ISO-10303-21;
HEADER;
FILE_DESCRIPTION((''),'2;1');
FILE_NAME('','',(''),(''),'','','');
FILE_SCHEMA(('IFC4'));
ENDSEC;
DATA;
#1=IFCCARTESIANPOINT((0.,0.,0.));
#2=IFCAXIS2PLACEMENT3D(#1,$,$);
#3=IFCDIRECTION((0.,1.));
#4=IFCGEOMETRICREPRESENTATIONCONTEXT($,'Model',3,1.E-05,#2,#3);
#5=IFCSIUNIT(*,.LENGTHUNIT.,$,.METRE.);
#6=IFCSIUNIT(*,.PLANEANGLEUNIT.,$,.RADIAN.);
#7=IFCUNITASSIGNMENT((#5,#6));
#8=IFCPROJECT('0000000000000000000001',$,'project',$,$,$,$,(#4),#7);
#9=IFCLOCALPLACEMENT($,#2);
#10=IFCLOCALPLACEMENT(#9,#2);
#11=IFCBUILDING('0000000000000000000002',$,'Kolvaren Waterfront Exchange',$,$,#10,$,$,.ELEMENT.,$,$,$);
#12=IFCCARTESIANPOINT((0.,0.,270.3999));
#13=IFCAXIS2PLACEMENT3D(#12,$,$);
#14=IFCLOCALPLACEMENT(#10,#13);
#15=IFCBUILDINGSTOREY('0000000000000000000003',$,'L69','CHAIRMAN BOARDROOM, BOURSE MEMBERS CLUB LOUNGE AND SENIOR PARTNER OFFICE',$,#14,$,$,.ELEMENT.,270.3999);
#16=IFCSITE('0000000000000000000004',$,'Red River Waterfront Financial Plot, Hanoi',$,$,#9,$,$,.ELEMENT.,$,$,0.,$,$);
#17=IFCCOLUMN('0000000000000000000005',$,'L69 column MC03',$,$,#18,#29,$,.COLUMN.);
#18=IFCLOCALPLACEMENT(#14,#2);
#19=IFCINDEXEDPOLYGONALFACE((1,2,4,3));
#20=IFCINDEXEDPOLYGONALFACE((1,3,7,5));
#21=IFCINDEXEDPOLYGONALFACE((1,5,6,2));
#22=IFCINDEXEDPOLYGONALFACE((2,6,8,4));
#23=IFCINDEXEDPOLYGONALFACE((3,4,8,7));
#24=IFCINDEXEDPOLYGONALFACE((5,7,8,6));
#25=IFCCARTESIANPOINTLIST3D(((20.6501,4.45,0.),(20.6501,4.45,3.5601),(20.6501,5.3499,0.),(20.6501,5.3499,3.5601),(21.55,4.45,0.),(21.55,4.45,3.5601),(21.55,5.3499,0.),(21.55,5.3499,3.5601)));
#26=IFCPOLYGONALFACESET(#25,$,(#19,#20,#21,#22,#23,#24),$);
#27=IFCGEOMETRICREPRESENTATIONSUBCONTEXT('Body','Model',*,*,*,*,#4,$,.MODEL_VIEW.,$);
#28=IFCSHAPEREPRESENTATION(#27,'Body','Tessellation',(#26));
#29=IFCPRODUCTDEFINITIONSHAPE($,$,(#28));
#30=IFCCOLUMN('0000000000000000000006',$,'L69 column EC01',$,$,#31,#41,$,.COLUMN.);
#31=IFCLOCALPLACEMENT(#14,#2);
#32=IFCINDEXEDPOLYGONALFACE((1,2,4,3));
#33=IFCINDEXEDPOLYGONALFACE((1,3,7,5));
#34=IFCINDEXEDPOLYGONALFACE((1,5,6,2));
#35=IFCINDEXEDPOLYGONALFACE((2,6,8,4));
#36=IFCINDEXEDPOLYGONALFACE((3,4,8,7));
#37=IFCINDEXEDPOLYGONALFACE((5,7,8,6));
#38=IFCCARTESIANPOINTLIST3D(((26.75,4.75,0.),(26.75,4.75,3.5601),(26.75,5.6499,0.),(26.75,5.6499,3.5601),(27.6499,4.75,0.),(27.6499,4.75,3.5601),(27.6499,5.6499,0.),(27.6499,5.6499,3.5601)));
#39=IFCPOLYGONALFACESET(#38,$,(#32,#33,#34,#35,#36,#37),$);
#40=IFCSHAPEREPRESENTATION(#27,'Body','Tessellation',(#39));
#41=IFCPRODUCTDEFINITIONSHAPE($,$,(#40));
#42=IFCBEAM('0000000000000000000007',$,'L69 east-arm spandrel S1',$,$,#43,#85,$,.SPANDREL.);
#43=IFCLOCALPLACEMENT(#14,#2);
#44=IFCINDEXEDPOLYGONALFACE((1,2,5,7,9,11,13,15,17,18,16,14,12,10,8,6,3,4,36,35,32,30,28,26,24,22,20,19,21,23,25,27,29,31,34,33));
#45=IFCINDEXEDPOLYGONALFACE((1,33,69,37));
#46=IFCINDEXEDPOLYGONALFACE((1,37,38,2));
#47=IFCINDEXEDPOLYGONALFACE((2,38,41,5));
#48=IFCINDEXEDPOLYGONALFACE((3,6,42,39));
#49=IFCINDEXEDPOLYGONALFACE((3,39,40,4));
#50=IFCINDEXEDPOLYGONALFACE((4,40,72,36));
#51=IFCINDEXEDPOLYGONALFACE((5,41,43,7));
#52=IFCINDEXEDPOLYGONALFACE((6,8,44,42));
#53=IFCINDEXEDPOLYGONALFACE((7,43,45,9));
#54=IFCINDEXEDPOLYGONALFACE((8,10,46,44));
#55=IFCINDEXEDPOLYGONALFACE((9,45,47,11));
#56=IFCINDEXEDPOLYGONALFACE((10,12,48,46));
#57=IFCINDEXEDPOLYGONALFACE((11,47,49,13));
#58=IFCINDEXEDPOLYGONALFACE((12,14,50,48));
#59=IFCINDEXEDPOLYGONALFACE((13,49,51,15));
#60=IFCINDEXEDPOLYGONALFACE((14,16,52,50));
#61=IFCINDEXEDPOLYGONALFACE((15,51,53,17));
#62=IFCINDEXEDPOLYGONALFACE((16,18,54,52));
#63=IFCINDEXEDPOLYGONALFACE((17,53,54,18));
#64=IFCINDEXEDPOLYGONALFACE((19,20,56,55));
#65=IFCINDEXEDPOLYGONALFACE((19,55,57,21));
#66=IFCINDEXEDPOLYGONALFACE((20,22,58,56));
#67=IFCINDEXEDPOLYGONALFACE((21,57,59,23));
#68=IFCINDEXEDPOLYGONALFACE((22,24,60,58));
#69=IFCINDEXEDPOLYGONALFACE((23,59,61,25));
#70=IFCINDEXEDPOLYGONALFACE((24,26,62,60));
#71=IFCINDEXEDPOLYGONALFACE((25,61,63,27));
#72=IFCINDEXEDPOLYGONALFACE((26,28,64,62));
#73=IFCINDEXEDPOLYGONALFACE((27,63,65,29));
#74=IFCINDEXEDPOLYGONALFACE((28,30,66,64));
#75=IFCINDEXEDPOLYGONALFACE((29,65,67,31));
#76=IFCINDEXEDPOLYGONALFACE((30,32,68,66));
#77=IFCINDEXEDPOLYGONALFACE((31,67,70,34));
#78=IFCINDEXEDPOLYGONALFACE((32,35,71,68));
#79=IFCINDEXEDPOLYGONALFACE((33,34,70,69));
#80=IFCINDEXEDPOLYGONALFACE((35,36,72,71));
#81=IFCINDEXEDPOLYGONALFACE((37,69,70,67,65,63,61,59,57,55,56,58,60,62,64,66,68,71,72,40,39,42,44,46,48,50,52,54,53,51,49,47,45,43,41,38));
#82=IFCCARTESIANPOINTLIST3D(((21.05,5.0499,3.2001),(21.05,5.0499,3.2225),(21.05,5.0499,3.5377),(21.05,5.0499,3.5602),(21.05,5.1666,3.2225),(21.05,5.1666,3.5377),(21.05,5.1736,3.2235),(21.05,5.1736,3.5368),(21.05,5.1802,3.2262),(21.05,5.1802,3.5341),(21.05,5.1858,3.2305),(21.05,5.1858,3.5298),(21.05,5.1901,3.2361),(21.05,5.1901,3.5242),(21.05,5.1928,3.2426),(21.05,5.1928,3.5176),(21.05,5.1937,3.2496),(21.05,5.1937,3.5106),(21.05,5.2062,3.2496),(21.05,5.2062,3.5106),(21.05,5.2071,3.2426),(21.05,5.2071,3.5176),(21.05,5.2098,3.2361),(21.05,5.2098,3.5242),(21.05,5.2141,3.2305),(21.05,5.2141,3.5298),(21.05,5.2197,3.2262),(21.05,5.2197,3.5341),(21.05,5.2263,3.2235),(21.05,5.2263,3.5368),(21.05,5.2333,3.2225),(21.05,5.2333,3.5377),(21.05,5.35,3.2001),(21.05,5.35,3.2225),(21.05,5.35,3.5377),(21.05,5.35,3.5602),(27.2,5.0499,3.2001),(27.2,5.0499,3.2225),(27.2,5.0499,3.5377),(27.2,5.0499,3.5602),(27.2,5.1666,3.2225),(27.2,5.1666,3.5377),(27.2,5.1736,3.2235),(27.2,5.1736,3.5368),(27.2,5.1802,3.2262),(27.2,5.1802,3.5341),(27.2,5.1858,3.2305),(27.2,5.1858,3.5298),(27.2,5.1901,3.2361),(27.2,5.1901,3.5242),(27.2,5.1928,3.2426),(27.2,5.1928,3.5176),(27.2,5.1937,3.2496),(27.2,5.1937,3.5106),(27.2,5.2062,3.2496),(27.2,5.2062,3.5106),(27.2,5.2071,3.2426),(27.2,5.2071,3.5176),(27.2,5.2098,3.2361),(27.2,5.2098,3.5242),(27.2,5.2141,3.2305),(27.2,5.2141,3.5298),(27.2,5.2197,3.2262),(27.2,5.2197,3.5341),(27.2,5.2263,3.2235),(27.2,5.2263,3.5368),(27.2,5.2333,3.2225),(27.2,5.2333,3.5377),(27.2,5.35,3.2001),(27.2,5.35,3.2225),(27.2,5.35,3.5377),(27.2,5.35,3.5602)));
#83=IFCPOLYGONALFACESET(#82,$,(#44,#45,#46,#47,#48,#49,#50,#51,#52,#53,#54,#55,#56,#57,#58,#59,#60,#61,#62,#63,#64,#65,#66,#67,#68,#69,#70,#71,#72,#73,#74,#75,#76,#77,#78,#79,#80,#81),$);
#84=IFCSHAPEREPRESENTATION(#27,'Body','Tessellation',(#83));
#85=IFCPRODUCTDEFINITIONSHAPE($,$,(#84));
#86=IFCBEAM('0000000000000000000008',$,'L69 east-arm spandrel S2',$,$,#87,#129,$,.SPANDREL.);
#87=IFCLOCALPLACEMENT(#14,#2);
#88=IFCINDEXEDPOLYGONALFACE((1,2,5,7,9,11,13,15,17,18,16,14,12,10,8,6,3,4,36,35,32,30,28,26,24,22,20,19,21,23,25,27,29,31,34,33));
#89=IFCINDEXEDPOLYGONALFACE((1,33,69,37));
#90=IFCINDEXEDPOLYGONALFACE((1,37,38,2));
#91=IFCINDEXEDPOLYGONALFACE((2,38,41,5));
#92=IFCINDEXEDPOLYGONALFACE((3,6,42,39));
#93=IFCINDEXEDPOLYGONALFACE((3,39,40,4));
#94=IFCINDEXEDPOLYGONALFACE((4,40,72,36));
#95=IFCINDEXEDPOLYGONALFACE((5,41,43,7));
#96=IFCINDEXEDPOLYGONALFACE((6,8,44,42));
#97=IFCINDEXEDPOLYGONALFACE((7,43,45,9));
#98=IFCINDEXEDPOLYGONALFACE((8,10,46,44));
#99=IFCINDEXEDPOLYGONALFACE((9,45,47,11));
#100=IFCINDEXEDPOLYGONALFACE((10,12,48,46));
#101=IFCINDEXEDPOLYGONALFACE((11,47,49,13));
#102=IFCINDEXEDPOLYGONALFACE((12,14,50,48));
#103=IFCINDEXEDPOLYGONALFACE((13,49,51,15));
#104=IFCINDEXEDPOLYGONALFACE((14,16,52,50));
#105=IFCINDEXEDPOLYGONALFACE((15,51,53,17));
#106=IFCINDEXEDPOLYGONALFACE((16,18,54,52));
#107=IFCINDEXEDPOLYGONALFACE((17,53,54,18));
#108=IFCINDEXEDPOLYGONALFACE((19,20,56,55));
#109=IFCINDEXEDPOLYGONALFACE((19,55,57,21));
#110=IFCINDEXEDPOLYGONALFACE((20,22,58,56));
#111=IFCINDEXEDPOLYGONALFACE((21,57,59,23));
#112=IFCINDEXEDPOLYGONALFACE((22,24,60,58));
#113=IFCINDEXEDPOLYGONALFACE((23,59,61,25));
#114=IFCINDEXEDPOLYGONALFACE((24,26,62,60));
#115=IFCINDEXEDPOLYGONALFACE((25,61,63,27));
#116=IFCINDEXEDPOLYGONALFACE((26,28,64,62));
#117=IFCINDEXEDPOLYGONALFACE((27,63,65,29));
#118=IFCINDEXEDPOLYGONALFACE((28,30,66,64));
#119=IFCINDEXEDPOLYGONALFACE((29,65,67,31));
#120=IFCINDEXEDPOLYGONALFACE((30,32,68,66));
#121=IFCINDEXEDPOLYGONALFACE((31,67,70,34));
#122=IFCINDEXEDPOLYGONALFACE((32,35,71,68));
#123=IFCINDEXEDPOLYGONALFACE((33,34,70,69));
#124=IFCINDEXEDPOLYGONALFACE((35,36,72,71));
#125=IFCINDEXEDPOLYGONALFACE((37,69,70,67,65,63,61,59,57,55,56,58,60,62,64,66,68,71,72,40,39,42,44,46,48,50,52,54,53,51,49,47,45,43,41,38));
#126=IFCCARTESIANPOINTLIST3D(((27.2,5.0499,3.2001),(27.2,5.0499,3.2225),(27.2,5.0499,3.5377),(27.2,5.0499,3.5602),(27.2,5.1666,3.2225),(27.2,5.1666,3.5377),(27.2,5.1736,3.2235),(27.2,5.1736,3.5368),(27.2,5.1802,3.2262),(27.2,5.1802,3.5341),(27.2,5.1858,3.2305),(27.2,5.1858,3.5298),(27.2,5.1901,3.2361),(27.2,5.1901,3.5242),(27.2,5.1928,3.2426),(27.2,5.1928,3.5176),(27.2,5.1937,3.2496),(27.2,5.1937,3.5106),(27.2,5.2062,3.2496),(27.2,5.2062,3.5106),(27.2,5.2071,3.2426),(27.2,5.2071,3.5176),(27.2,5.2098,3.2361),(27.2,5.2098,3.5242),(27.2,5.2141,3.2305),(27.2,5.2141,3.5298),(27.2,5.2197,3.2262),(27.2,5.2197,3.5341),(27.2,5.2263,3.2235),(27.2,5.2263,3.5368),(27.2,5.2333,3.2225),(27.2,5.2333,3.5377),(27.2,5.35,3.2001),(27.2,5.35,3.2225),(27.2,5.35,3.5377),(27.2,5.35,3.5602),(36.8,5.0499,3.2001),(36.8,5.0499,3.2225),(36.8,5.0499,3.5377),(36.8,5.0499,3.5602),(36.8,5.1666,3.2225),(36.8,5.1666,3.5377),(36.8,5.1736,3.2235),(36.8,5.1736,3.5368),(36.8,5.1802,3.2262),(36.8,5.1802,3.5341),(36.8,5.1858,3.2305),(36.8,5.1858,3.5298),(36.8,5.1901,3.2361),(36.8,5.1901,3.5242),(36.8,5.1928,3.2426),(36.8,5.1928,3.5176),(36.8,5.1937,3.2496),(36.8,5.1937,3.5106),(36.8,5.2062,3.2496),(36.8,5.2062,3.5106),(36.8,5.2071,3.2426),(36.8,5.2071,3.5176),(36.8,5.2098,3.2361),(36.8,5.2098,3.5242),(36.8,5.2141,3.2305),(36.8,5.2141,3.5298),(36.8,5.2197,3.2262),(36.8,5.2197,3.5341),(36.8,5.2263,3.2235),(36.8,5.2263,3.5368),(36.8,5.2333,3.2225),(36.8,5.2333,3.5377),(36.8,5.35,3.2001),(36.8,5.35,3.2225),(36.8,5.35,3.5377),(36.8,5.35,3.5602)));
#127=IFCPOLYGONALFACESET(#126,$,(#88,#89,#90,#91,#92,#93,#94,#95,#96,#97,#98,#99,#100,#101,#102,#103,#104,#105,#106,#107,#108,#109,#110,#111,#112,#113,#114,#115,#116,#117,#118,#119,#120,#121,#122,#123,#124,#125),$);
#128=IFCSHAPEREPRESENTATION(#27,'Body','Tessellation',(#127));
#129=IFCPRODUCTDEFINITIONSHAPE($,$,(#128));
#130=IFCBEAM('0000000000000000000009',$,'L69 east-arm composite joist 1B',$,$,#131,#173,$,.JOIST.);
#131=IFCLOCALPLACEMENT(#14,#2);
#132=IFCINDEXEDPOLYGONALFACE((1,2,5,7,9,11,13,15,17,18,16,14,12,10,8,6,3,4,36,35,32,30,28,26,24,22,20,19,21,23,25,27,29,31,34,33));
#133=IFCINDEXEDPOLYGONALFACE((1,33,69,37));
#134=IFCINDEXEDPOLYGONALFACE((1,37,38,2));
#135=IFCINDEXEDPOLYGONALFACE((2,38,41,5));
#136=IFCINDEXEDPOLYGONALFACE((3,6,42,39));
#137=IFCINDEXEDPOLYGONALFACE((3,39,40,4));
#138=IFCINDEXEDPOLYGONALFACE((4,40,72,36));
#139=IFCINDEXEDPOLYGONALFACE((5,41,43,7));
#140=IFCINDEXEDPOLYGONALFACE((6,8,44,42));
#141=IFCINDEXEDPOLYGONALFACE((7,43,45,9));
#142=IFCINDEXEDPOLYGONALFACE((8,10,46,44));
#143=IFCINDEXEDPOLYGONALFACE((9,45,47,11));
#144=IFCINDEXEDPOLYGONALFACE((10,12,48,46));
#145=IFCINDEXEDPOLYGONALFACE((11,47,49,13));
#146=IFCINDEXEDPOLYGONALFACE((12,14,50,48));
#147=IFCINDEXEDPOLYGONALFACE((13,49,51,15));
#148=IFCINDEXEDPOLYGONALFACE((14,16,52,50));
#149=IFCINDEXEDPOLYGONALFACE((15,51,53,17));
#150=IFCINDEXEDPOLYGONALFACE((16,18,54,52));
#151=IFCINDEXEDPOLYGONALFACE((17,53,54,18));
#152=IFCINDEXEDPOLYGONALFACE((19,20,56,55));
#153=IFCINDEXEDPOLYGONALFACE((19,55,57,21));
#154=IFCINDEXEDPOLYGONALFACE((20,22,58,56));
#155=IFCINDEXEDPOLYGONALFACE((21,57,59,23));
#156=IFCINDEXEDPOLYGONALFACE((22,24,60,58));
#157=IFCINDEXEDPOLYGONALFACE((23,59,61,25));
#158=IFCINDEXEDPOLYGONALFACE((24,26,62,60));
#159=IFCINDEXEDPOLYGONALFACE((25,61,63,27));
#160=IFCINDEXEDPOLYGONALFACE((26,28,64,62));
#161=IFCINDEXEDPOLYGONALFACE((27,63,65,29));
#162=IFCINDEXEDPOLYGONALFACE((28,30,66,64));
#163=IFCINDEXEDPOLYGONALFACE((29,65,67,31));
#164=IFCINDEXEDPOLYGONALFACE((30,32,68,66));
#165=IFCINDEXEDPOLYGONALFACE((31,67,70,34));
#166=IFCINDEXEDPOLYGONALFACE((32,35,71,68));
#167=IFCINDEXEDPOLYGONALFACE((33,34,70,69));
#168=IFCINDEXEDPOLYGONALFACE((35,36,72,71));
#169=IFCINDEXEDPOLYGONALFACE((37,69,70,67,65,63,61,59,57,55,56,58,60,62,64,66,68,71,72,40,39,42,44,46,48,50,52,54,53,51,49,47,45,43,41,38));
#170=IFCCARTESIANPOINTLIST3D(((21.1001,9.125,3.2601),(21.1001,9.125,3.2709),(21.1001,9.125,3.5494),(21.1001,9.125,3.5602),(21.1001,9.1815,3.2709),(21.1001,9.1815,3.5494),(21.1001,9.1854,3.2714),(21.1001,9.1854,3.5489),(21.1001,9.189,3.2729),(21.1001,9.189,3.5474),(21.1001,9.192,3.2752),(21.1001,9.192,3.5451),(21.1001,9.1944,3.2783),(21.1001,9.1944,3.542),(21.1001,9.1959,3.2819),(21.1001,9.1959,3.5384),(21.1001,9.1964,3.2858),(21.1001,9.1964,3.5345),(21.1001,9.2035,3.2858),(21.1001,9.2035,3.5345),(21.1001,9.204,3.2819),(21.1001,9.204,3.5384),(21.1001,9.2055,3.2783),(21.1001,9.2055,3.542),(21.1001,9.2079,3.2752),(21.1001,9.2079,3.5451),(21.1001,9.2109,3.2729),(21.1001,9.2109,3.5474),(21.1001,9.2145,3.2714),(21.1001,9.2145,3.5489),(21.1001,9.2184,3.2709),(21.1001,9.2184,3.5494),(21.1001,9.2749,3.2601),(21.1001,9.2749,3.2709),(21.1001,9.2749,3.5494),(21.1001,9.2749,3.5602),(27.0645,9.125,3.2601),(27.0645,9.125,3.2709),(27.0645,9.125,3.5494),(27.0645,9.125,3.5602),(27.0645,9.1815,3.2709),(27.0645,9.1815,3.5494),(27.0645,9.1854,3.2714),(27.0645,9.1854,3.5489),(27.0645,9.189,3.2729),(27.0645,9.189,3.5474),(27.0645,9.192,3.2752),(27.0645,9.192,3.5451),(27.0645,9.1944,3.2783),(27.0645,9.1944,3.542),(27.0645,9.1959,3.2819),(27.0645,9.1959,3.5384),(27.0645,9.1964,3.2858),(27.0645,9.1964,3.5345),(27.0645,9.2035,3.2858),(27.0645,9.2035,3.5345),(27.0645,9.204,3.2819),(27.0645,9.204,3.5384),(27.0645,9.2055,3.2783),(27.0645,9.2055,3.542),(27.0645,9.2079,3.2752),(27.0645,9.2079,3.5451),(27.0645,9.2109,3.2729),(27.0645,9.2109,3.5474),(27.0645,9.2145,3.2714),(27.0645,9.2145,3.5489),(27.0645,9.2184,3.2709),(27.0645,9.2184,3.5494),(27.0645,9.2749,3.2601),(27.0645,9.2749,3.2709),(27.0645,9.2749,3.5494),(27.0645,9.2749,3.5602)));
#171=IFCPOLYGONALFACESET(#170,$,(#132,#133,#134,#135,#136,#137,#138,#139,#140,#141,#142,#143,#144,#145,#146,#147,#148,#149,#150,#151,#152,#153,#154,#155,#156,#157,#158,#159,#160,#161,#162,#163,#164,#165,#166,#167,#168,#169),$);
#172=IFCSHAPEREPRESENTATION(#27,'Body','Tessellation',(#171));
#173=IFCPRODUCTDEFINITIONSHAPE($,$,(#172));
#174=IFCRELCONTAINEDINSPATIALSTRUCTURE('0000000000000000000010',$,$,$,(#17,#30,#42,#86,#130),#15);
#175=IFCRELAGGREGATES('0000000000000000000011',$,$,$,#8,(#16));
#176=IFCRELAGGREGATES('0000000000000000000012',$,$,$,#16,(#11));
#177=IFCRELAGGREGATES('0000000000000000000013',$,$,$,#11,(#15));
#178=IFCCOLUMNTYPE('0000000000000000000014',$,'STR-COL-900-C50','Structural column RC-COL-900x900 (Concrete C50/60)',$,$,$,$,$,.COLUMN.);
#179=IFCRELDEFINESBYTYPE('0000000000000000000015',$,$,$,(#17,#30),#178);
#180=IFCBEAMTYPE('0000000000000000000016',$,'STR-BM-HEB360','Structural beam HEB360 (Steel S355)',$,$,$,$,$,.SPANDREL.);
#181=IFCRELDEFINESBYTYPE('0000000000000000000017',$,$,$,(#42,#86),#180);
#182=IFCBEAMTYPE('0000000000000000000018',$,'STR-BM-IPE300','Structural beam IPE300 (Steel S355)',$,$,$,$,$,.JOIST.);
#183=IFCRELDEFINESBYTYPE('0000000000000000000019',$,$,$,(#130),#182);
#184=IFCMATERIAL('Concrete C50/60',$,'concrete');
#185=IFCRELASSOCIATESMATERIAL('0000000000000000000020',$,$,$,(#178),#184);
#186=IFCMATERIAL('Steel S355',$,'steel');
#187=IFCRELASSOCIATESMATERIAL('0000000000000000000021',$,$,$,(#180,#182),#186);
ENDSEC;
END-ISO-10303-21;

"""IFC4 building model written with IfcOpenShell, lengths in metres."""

from ifc_helpers import new_model, si_unit, direction, frame, origin, origin_2d, place, context, subcontext, project, spatial, rectangle, i_section, extrude, material, material_profile, profile_set, type_object, element, save


model = new_model("IFC4")

# Units and contexts
model_context = context("Model", 3, precision=1e-05, world=origin(), true_north=direction((0.0, 1.0)))
body_context = subcontext(model_context, "Body", "Model", "MODEL_VIEW")
ifc_project = project(units=[si_unit("LENGTHUNIT", "METRE"), si_unit("PLANEANGLEUNIT", "RADIAN")], contexts=[model_context])

# Site, building, storey
site_placement = place(None, origin())
site = spatial("IfcSite", under=ifc_project, at=site_placement, Name="Red River Waterfront Financial Plot, Hanoi", CompositionType="ELEMENT", RefElevation=0.0)
building_placement = place(site_placement, origin())
building = spatial("IfcBuilding", under=site, at=building_placement, Name="Kolvaren Waterfront Exchange", CompositionType="ELEMENT")
storey_placement = place(building_placement, frame((0.0, 0.0, 270.3999)))
storey = spatial("IfcBuildingStorey", under=building, at=storey_placement, Name="L69", Description="CHAIRMAN BOARDROOM, BOURSE MEMBERS CLUB LOUNGE AND SENIOR PARTNER OFFICE", CompositionType="ELEMENT", Elevation=270.3999)

# Columns
ifc_material_1 = material(Name="Concrete C50/60", Category="concrete")
ifc_material_profile_1 = material_profile(ifc_material_1, rectangle(XDim=0.8999, YDim=0.8999, at=origin_2d()), Name="RC-COL-900x900")
ifc_profile_set_1 = profile_set([ifc_material_profile_1], Name="Concrete C50/60")
column_type = type_object("IfcColumnType", Name="STR-COL-900-C50", Description="Structural column RC-COL-900x900 (Concrete C50/60)", PredefinedType="COLUMN", material=ifc_profile_set_1)
for number, where, z_axis, x_axis, name in (
    (1, (21.1001, 4.8999, 0.0), (0.0, 0.0, 1.0), (1.0, 0.0, 0.0), "L69 column MC03"),
    (2, (27.2, 5.2, 0.0), (0.0, 0.0, 1.0), (1.0, 0.0, 0.0), "L69 column EC01"),
):
    element("IfcColumn", number, at=place(storey_placement, frame(where, z_axis=z_axis, x_axis=x_axis)), inside=storey, type_object=column_type, Name=name, PredefinedType="COLUMN", context=body_context, shape_type="SweptSolid", body=[
        extrude(rectangle(XDim=0.8999, YDim=0.8999, at=origin_2d()), origin(), (0.0, 0.0, 1.0), 3.5601),
    ])

# Beams
ifc_material_2 = material(Name="Steel S355", Category="steel")
ifc_material_profile_2 = material_profile(ifc_material_2, i_section(OverallWidth=0.3, OverallDepth=0.3601, WebThickness=0.0125, FlangeThickness=0.0225, FilletRadius=0.0271, at=origin_2d()), Name="HEB360")
ifc_profile_set_2 = profile_set([ifc_material_profile_2], Name="Steel S355")
beam_type_1 = type_object("IfcBeamType", Name="STR-BM-HEB360", Description="Structural beam HEB360 (Steel S355)", PredefinedType="SPANDREL", material=ifc_profile_set_2)
beam_1_placement = place(storey_placement, frame((21.05, 5.2, 3.3801), z_axis=(1.0, 0.0, 0.0), x_axis=(0.0, 1.0, 0.0)))
element("IfcBeam", 3, at=beam_1_placement, inside=storey, type_object=beam_type_1, Name="L69 east-arm spandrel S1", PredefinedType="SPANDREL", context=body_context, shape_type="SweptSolid", body=[
    extrude(i_section(OverallWidth=0.3, OverallDepth=0.3601, WebThickness=0.0125, FlangeThickness=0.0225, FilletRadius=0.0271, at=origin_2d()), origin(), (0.0, 0.0, 1.0), 6.1499),
])
beam_2_placement = place(storey_placement, frame((27.2, 5.2, 3.3801), z_axis=(1.0, 0.0, 0.0), x_axis=(0.0, 1.0, 0.0)))
element("IfcBeam", 4, at=beam_2_placement, inside=storey, type_object=beam_type_1, Name="L69 east-arm spandrel S2", PredefinedType="SPANDREL", context=body_context, shape_type="SweptSolid", body=[
    extrude(i_section(OverallWidth=0.3, OverallDepth=0.3601, WebThickness=0.0125, FlangeThickness=0.0225, FilletRadius=0.0271, at=origin_2d()), origin(), (0.0, 0.0, 1.0), 9.6001),
])
ifc_material_profile_3 = material_profile(ifc_material_2, i_section(OverallWidth=0.1499, OverallDepth=0.3, WebThickness=0.0071, FlangeThickness=0.0107, FilletRadius=0.0149, at=origin_2d()), Name="IPE300")
ifc_profile_set_3 = profile_set([ifc_material_profile_3], Name="Steel S355")
beam_type_2 = type_object("IfcBeamType", Name="STR-BM-IPE300", Description="Structural beam IPE300 (Steel S355)", PredefinedType="JOIST", material=ifc_profile_set_3)
beam_3_placement = place(storey_placement, frame((21.1001, 9.2, 3.4102), z_axis=(1.0, 0.0, 0.0), x_axis=(0.0, 1.0, 0.0)))
element("IfcBeam", 5, at=beam_3_placement, inside=storey, type_object=beam_type_2, Name="L69 east-arm composite joist 1B", PredefinedType="JOIST", context=body_context, shape_type="SweptSolid", body=[
    extrude(i_section(OverallWidth=0.1499, OverallDepth=0.3, WebThickness=0.0071, FlangeThickness=0.0107, FilletRadius=0.0149, at=origin_2d()), origin(), (0.0, 0.0, 1.0), 5.9644),
])

save(model, "model.ifc")
